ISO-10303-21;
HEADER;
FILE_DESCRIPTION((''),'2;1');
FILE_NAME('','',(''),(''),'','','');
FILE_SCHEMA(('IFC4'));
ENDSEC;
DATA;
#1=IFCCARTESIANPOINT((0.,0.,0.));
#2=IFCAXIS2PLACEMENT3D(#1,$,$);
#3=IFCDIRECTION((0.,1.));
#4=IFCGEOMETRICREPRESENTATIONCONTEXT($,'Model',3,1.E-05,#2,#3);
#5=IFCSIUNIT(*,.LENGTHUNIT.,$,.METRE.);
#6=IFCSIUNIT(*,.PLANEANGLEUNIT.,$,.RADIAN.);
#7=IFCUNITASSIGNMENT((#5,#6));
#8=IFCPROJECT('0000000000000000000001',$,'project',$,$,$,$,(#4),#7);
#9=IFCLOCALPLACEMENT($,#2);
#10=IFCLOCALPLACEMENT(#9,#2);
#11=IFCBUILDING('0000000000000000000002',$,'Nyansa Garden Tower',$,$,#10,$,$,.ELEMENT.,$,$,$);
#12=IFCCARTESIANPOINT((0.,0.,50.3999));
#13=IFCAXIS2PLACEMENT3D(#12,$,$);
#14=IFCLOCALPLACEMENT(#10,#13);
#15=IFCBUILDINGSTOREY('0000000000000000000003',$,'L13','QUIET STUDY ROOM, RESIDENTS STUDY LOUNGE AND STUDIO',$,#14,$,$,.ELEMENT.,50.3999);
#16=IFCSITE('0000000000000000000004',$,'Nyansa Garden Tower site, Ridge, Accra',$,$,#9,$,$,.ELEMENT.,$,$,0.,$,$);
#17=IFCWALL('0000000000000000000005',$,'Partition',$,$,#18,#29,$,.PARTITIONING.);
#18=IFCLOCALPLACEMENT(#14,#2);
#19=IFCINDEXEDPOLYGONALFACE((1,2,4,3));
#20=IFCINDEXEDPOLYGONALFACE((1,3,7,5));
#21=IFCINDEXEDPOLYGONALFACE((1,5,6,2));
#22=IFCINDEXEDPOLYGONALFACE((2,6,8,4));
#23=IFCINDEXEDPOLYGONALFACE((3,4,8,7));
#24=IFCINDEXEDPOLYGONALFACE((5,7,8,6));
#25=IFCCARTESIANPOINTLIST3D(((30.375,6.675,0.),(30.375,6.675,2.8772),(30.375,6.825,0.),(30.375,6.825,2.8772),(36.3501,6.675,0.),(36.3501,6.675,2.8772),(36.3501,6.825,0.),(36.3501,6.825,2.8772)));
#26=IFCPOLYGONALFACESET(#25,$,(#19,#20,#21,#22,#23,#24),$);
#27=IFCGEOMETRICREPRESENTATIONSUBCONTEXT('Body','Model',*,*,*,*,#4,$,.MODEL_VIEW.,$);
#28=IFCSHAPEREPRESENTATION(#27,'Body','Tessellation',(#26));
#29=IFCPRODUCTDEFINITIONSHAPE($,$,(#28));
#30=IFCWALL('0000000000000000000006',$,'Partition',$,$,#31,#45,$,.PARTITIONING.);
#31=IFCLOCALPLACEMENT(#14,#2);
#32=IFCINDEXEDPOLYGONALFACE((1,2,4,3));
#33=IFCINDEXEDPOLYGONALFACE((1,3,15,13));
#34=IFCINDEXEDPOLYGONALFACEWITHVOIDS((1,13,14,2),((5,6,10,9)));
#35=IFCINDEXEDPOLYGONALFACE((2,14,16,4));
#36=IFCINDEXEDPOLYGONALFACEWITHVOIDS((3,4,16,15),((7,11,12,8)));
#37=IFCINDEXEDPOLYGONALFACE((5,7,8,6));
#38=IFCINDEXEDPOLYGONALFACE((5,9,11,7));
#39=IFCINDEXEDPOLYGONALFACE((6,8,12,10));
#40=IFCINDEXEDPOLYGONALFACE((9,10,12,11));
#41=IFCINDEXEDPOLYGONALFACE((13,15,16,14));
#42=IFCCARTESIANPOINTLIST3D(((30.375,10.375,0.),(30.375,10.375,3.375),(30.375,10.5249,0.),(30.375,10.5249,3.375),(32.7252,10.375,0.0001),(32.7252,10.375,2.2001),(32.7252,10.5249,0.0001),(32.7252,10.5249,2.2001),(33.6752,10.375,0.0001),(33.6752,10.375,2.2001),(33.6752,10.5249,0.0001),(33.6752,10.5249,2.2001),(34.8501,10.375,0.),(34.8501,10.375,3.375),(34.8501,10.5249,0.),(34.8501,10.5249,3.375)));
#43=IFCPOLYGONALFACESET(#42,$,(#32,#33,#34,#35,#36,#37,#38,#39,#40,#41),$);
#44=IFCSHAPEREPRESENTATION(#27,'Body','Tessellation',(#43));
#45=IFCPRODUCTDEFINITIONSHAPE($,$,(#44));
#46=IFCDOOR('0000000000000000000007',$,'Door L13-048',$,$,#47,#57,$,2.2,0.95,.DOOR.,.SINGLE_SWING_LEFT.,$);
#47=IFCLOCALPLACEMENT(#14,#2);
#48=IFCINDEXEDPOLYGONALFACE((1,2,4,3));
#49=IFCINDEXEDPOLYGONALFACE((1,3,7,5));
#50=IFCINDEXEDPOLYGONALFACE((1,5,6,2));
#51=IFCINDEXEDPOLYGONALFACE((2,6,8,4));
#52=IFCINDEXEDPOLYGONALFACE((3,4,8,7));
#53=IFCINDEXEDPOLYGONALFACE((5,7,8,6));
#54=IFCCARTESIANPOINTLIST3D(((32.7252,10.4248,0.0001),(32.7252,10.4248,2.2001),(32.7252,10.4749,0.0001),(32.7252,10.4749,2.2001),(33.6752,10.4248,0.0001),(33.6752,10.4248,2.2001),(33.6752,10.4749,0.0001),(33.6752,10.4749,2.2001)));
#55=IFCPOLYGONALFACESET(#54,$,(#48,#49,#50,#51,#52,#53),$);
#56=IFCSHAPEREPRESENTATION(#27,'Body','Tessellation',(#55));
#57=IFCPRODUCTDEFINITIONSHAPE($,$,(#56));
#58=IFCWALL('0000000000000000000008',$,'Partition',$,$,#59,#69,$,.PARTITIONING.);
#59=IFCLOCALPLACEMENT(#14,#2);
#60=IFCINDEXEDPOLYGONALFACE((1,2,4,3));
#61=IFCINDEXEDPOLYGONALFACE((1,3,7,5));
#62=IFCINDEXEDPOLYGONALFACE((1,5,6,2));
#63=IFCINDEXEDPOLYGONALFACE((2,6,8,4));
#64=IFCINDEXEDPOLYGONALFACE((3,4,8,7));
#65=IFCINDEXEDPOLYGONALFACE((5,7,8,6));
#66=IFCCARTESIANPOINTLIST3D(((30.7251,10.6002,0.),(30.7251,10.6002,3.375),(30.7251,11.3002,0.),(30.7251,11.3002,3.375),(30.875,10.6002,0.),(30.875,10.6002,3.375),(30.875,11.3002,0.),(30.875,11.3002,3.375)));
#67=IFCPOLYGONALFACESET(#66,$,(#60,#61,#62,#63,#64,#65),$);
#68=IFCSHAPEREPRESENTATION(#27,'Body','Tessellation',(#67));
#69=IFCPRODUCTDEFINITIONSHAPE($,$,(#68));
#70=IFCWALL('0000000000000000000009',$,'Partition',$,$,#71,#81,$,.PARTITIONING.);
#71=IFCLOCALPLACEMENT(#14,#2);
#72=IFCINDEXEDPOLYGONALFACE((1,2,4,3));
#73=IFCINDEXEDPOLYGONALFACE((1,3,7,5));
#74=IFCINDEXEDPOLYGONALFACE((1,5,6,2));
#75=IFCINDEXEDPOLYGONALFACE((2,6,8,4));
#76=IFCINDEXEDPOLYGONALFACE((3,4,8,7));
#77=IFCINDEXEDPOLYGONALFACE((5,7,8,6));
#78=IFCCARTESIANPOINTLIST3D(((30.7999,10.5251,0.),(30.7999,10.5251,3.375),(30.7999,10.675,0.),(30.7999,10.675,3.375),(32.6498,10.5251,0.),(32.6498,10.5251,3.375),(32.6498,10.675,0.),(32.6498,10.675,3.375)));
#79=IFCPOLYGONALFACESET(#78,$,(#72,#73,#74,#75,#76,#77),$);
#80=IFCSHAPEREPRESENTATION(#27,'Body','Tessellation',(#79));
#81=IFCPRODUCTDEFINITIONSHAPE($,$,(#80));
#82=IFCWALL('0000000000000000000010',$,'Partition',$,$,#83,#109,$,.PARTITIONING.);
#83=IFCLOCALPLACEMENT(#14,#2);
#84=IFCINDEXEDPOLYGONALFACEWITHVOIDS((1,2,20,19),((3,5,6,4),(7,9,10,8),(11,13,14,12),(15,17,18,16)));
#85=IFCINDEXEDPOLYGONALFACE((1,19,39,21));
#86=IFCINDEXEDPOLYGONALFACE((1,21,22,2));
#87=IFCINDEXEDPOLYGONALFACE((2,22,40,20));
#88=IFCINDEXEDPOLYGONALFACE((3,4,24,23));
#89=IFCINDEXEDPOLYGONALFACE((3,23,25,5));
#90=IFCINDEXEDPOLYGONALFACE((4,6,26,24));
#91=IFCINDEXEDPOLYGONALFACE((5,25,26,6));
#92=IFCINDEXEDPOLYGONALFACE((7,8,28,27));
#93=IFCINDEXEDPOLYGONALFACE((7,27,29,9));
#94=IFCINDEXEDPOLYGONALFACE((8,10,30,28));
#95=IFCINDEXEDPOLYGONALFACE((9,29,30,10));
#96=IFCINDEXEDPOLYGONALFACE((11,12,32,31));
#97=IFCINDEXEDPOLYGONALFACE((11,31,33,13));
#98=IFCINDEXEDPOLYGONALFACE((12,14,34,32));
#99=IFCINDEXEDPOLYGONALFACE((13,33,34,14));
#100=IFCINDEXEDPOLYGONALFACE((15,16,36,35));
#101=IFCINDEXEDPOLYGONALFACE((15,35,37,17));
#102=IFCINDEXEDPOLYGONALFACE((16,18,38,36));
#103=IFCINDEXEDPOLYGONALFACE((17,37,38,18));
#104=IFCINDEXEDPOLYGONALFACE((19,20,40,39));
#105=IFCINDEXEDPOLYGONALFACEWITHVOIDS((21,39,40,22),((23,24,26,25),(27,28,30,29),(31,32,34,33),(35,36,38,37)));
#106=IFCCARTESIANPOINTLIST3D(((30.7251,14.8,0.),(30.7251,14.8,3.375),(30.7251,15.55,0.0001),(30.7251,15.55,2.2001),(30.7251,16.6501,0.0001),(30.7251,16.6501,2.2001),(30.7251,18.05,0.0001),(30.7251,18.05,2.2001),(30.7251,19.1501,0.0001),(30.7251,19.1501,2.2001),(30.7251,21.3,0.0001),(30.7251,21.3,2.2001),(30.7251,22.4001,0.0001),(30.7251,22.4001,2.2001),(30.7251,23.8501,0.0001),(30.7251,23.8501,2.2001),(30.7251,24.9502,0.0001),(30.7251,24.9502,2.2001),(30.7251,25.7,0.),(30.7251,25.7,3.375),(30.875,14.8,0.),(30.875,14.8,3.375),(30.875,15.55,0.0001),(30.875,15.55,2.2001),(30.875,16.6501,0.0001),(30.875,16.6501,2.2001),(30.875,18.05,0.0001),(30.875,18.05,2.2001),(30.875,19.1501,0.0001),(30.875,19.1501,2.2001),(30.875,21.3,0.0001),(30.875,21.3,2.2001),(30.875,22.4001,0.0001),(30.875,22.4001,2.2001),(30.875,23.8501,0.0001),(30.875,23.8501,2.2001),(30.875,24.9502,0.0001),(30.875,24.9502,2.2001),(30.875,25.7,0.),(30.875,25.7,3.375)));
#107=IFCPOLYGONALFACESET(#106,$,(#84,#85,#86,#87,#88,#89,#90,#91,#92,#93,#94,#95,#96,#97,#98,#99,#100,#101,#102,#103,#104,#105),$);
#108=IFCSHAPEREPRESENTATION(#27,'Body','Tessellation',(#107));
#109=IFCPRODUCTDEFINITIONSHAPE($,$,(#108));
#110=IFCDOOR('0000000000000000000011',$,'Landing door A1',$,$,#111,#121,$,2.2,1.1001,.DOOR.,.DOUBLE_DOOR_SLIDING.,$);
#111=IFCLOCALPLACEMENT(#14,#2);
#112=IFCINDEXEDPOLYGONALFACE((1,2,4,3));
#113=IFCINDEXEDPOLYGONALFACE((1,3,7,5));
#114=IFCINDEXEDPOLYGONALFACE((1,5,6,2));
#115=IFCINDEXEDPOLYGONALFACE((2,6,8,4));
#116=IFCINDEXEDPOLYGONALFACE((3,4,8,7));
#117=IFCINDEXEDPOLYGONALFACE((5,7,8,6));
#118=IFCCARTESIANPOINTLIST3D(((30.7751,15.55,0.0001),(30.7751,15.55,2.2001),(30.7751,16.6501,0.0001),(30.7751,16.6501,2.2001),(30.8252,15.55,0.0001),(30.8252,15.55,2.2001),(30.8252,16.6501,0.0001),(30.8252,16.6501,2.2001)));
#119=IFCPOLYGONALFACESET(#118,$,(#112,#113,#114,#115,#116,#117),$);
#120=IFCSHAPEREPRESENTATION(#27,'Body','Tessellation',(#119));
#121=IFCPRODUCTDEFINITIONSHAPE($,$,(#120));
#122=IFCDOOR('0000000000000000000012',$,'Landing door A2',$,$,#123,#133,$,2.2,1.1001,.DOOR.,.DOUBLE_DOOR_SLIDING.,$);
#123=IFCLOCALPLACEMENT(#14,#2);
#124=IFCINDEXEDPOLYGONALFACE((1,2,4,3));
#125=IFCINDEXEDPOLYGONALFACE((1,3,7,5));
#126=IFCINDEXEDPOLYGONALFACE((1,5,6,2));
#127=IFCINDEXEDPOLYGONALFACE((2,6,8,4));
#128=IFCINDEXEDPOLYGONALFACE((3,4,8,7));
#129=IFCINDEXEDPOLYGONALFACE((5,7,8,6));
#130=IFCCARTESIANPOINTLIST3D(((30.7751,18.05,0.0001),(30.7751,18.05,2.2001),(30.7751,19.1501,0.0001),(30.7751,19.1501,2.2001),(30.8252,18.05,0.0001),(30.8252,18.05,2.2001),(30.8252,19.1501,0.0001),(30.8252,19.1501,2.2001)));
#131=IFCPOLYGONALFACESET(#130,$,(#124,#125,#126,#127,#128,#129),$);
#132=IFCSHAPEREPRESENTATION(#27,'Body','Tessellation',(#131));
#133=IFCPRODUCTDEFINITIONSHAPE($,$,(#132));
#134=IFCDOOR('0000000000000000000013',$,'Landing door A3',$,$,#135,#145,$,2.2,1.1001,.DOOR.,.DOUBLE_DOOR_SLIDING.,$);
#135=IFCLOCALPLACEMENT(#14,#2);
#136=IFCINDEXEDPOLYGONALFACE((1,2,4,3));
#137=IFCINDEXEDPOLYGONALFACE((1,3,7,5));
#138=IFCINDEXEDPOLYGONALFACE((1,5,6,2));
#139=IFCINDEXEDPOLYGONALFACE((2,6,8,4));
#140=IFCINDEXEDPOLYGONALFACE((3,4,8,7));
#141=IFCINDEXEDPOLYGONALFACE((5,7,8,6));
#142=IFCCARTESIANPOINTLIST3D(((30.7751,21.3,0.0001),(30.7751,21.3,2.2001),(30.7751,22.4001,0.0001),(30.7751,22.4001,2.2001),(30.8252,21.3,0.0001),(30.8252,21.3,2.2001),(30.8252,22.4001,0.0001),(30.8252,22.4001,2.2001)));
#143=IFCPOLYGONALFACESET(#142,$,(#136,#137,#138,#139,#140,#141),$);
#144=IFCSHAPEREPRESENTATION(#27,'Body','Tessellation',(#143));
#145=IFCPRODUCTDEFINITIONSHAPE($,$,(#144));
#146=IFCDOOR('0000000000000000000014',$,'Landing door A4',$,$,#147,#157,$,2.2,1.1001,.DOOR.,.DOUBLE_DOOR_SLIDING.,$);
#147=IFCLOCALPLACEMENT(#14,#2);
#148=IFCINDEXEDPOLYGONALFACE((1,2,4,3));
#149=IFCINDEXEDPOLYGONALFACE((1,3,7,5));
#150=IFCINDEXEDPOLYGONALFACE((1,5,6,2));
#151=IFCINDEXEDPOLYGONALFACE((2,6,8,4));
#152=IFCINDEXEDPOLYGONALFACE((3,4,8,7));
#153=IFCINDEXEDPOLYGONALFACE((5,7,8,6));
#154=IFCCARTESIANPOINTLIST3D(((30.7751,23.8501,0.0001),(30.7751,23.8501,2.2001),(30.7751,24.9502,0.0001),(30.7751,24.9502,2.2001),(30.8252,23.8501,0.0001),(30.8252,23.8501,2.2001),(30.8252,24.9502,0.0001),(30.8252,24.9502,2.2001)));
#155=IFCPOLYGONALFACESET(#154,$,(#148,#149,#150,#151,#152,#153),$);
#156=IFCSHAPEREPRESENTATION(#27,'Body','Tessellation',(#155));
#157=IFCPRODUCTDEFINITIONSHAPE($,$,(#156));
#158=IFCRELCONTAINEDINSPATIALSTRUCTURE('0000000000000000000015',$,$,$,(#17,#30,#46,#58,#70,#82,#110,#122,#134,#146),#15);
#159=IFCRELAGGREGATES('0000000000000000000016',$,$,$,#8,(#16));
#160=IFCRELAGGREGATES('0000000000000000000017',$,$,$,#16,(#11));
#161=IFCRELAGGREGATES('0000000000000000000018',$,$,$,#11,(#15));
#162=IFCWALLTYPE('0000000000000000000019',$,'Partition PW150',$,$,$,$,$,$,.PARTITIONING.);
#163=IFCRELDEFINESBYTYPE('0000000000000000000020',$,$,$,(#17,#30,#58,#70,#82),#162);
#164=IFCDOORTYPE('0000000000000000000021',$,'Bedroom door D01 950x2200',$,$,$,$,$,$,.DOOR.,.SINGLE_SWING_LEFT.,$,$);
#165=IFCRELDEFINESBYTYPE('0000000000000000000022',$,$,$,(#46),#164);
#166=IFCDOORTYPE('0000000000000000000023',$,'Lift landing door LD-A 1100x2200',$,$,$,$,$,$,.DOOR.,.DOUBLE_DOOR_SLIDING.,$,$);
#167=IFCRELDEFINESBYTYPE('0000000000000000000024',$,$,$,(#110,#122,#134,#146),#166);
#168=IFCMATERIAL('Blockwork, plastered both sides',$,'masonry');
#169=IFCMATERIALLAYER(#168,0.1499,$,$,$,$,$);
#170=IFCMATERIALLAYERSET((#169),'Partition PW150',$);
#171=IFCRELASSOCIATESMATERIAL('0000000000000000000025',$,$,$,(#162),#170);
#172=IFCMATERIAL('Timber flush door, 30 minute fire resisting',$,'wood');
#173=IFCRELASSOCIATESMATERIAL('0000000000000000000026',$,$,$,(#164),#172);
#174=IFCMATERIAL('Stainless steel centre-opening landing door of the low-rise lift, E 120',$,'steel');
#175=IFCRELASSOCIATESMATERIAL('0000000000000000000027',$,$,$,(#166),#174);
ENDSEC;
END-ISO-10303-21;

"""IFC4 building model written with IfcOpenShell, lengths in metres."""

from ifc_helpers import new_model, si_unit, direction, frame, frame_2d, origin, place, context, subcontext, project, spatial, rectangle, extrude, material, layer, layer_set, type_object, element, fill, save


model = new_model("IFC4")

# Units and contexts
model_context = context("Model", 3, precision=1e-05, world=origin(), true_north=direction((0.0, 1.0)))
body_context = subcontext(model_context, "Body", "Model", "MODEL_VIEW")
ifc_project = project(units=[si_unit("LENGTHUNIT", "METRE"), si_unit("PLANEANGLEUNIT", "RADIAN")], contexts=[model_context])

# Site, building, storey
site_placement = place(None, origin())
site = spatial("IfcSite", under=ifc_project, at=site_placement, Name="Nyansa Garden Tower site, Ridge, Accra", CompositionType="ELEMENT", RefElevation=0.0)
building_placement = place(site_placement, origin())
building = spatial("IfcBuilding", under=site, at=building_placement, Name="Nyansa Garden Tower", CompositionType="ELEMENT")
storey_placement = place(building_placement, frame((0.0, 0.0, 50.3999)))
storey = spatial("IfcBuildingStorey", under=building, at=storey_placement, Name="L13", Description="QUIET STUDY ROOM, RESIDENTS STUDY LOUNGE AND STUDIO", CompositionType="ELEMENT", Elevation=50.3999)

# Wall
ifc_material_1 = material(Name="Blockwork, plastered both sides", Category="masonry")
ifc_layer_1 = layer(ifc_material_1, 0.1499)
ifc_layer_set_1 = layer_set([ifc_layer_1], Name="Partition PW150")
wall_type_1 = type_object("IfcWallType", Name="Partition PW150", PredefinedType="PARTITIONING", material=ifc_layer_set_1)
wall_1_placement = place(storey_placement, frame((30.375, 6.75, 0.0), z_axis=(0.0, 0.0, 1.0), x_axis=(1.0, 0.0, 0.0)))
element("IfcWall", 1, at=wall_1_placement, inside=storey, type_object=wall_type_1, Name="Partition", PredefinedType="PARTITIONING", context=body_context, shape_type="SweptSolid", body=[
    extrude(rectangle(XDim=5.9751, YDim=0.1499, at=frame_2d((2.9875, 0.0))), origin(), (0.0, 0.0, 1.0), 2.8772),
])

# Wall, opening, door
wall_2_placement = place(storey_placement, frame((30.375, 10.45, 0.0), z_axis=(0.0, 0.0, 1.0), x_axis=(1.0, 0.0, 0.0)))
wall_2 = element("IfcWall", 2, at=wall_2_placement, inside=storey, type_object=wall_type_1, Name="Partition", PredefinedType="PARTITIONING", context=body_context, shape_type="SweptSolid", body=[
    extrude(rectangle(XDim=4.4751, YDim=0.1499, at=frame_2d((2.2375, 0.0))), origin(), (0.0, 0.0, 1.0), 3.375),
])
opening_1_placement = place(wall_2_placement, frame((2.3501, 0.0, 0.0)))
opening_1 = element("IfcOpeningElement", 3, at=opening_1_placement, cuts=wall_2, PredefinedType="OPENING", context=body_context, shape_type="SweptSolid", body=[
    extrude(rectangle(XDim=0.95, YDim=2.2, at=frame_2d((0.4751, 1.1001))), frame((0.0, 0.085, 0.0), z_axis=(0.0, -1.0, 0.0), x_axis=(1.0, 0.0, 0.0)), (0.0, 0.0, 1.0), 0.1699),
])
ifc_material_2 = material(Name="Timber flush door, 30 minute fire resisting", Category="wood")
door_type_1 = type_object("IfcDoorType", Name="Bedroom door D01 950x2200", OperationType="SINGLE_SWING_LEFT", PredefinedType="DOOR", material=ifc_material_2)
door_1_placement = place(opening_1_placement, origin())
door_1 = element("IfcDoor", 4, at=door_1_placement, inside=storey, type_object=door_type_1, Name="Door L13-048", OperationType="SINGLE_SWING_LEFT", OverallHeight=2.2, OverallWidth=0.95, PredefinedType="DOOR", context=body_context, shape_type="SweptSolid", body=[
    extrude(rectangle(XDim=0.95, YDim=2.2, at=frame_2d((0.4751, 1.1001))), frame((0.0, 0.0249, 0.0), z_axis=(0.0, -1.0, 0.0), x_axis=(1.0, 0.0, 0.0)), (0.0, 0.0, 1.0), 0.05),
])
fill(opening_1, door_1)

# Walls
wall_3_placement = place(storey_placement, frame((30.8, 10.6001, 0.0), z_axis=(0.0, 0.0, 1.0), x_axis=(0.0, 1.0, 0.0)))
element("IfcWall", 5, at=wall_3_placement, inside=storey, type_object=wall_type_1, Name="Partition", PredefinedType="PARTITIONING", context=body_context, shape_type="SweptSolid", body=[
    extrude(rectangle(XDim=0.7, YDim=0.1499, at=frame_2d((0.3501, 0.0))), origin(), (0.0, 0.0, 1.0), 3.375),
])
wall_4_placement = place(storey_placement, frame((30.8, 10.6001, 0.0), z_axis=(0.0, 0.0, 1.0), x_axis=(1.0, 0.0, 0.0)))
element("IfcWall", 6, at=wall_4_placement, inside=storey, type_object=wall_type_1, Name="Partition", PredefinedType="PARTITIONING", context=body_context, shape_type="SweptSolid", body=[
    extrude(rectangle(XDim=1.8499, YDim=0.1499, at=frame_2d((0.9248, 0.0))), origin(), (0.0, 0.0, 1.0), 3.375),
])

# Wall, openings, doors
wall_5_placement = place(storey_placement, frame((30.8, 14.8, 0.0), z_axis=(0.0, 0.0, 1.0), x_axis=(0.0, 1.0, 0.0)))
wall_5 = element("IfcWall", 7, at=wall_5_placement, inside=storey, type_object=wall_type_1, Name="Partition", PredefinedType="PARTITIONING", context=body_context, shape_type="SweptSolid", body=[
    extrude(rectangle(XDim=10.8999, YDim=0.1499, at=frame_2d((5.45, 0.0))), origin(), (0.0, 0.0, 1.0), 3.375),
])
opening_2_placement = place(wall_5_placement, frame((0.75, 0.0, 0.0)))
opening_2 = element("IfcOpeningElement", 8, at=opening_2_placement, cuts=wall_5, PredefinedType="OPENING", context=body_context, shape_type="SweptSolid", body=[
    extrude(rectangle(XDim=1.1001, YDim=2.2, at=frame_2d((0.55, 1.1001))), frame((0.0, 0.085, 0.0), z_axis=(0.0, -1.0, 0.0), x_axis=(1.0, 0.0, 0.0)), (0.0, 0.0, 1.0), 0.1699),
])
opening_3_placement = place(wall_5_placement, frame((3.25, 0.0, 0.0)))
opening_3 = element("IfcOpeningElement", 9, at=opening_3_placement, cuts=wall_5, PredefinedType="OPENING", context=body_context, shape_type="SweptSolid", body=[
    extrude(rectangle(XDim=1.1001, YDim=2.2, at=frame_2d((0.55, 1.1001))), frame((0.0, 0.085, 0.0), z_axis=(0.0, -1.0, 0.0), x_axis=(1.0, 0.0, 0.0)), (0.0, 0.0, 1.0), 0.1699),
])
opening_4_placement = place(wall_5_placement, frame((6.5, 0.0, 0.0)))
opening_4 = element("IfcOpeningElement", 10, at=opening_4_placement, cuts=wall_5, PredefinedType="OPENING", context=body_context, shape_type="SweptSolid", body=[
    extrude(rectangle(XDim=1.1001, YDim=2.2, at=frame_2d((0.55, 1.1001))), frame((0.0, 0.085, 0.0), z_axis=(0.0, -1.0, 0.0), x_axis=(1.0, 0.0, 0.0)), (0.0, 0.0, 1.0), 0.1699),
])
opening_5_placement = place(wall_5_placement, frame((9.05, 0.0, 0.0)))
opening_5 = element("IfcOpeningElement", 11, at=opening_5_placement, cuts=wall_5, PredefinedType="OPENING", context=body_context, shape_type="SweptSolid", body=[
    extrude(rectangle(XDim=1.1001, YDim=2.2, at=frame_2d((0.55, 1.1001))), frame((0.0, 0.085, 0.0), z_axis=(0.0, -1.0, 0.0), x_axis=(1.0, 0.0, 0.0)), (0.0, 0.0, 1.0), 0.1699),
])
ifc_material_3 = material(Name="Stainless steel centre-opening landing door of the low-rise lift, E 120", Category="steel")
door_type_2 = type_object("IfcDoorType", Name="Lift landing door LD-A 1100x2200", OperationType="DOUBLE_DOOR_SLIDING", PredefinedType="DOOR", material=ifc_material_3)
door_2_placement = place(opening_2_placement, origin())
door_2 = element("IfcDoor", 12, at=door_2_placement, inside=storey, type_object=door_type_2, Name="Landing door A1", OperationType="DOUBLE_DOOR_SLIDING", OverallHeight=2.2, OverallWidth=1.1001, PredefinedType="DOOR", context=body_context, shape_type="SweptSolid", body=[
    extrude(rectangle(XDim=1.1001, YDim=2.2, at=frame_2d((0.55, 1.1001))), frame((0.0, 0.0249, 0.0), z_axis=(0.0, -1.0, 0.0), x_axis=(1.0, 0.0, 0.0)), (0.0, 0.0, 1.0), 0.05),
])
fill(opening_2, door_2)
door_3_placement = place(opening_3_placement, origin())
door_3 = element("IfcDoor", 13, at=door_3_placement, inside=storey, type_object=door_type_2, Name="Landing door A2", OperationType="DOUBLE_DOOR_SLIDING", OverallHeight=2.2, OverallWidth=1.1001, PredefinedType="DOOR", context=body_context, shape_type="SweptSolid", body=[
    extrude(rectangle(XDim=1.1001, YDim=2.2, at=frame_2d((0.55, 1.1001))), frame((0.0, 0.0249, 0.0), z_axis=(0.0, -1.0, 0.0), x_axis=(1.0, 0.0, 0.0)), (0.0, 0.0, 1.0), 0.05),
])
fill(opening_3, door_3)
door_4_placement = place(opening_4_placement, origin())
door_4 = element("IfcDoor", 14, at=door_4_placement, inside=storey, type_object=door_type_2, Name="Landing door A3", OperationType="DOUBLE_DOOR_SLIDING", OverallHeight=2.2, OverallWidth=1.1001, PredefinedType="DOOR", context=body_context, shape_type="SweptSolid", body=[
    extrude(rectangle(XDim=1.1001, YDim=2.2, at=frame_2d((0.55, 1.1001))), frame((0.0, 0.0249, 0.0), z_axis=(0.0, -1.0, 0.0), x_axis=(1.0, 0.0, 0.0)), (0.0, 0.0, 1.0), 0.05),
])
fill(opening_4, door_4)
door_5_placement = place(opening_5_placement, origin())
door_5 = element("IfcDoor", 15, at=door_5_placement, inside=storey, type_object=door_type_2, Name="Landing door A4", OperationType="DOUBLE_DOOR_SLIDING", OverallHeight=2.2, OverallWidth=1.1001, PredefinedType="DOOR", context=body_context, shape_type="SweptSolid", body=[
    extrude(rectangle(XDim=1.1001, YDim=2.2, at=frame_2d((0.55, 1.1001))), frame((0.0, 0.0249, 0.0), z_axis=(0.0, -1.0, 0.0), x_axis=(1.0, 0.0, 0.0)), (0.0, 0.0, 1.0), 0.05),
])
fill(opening_5, door_5)

save(model, "model.ifc")
